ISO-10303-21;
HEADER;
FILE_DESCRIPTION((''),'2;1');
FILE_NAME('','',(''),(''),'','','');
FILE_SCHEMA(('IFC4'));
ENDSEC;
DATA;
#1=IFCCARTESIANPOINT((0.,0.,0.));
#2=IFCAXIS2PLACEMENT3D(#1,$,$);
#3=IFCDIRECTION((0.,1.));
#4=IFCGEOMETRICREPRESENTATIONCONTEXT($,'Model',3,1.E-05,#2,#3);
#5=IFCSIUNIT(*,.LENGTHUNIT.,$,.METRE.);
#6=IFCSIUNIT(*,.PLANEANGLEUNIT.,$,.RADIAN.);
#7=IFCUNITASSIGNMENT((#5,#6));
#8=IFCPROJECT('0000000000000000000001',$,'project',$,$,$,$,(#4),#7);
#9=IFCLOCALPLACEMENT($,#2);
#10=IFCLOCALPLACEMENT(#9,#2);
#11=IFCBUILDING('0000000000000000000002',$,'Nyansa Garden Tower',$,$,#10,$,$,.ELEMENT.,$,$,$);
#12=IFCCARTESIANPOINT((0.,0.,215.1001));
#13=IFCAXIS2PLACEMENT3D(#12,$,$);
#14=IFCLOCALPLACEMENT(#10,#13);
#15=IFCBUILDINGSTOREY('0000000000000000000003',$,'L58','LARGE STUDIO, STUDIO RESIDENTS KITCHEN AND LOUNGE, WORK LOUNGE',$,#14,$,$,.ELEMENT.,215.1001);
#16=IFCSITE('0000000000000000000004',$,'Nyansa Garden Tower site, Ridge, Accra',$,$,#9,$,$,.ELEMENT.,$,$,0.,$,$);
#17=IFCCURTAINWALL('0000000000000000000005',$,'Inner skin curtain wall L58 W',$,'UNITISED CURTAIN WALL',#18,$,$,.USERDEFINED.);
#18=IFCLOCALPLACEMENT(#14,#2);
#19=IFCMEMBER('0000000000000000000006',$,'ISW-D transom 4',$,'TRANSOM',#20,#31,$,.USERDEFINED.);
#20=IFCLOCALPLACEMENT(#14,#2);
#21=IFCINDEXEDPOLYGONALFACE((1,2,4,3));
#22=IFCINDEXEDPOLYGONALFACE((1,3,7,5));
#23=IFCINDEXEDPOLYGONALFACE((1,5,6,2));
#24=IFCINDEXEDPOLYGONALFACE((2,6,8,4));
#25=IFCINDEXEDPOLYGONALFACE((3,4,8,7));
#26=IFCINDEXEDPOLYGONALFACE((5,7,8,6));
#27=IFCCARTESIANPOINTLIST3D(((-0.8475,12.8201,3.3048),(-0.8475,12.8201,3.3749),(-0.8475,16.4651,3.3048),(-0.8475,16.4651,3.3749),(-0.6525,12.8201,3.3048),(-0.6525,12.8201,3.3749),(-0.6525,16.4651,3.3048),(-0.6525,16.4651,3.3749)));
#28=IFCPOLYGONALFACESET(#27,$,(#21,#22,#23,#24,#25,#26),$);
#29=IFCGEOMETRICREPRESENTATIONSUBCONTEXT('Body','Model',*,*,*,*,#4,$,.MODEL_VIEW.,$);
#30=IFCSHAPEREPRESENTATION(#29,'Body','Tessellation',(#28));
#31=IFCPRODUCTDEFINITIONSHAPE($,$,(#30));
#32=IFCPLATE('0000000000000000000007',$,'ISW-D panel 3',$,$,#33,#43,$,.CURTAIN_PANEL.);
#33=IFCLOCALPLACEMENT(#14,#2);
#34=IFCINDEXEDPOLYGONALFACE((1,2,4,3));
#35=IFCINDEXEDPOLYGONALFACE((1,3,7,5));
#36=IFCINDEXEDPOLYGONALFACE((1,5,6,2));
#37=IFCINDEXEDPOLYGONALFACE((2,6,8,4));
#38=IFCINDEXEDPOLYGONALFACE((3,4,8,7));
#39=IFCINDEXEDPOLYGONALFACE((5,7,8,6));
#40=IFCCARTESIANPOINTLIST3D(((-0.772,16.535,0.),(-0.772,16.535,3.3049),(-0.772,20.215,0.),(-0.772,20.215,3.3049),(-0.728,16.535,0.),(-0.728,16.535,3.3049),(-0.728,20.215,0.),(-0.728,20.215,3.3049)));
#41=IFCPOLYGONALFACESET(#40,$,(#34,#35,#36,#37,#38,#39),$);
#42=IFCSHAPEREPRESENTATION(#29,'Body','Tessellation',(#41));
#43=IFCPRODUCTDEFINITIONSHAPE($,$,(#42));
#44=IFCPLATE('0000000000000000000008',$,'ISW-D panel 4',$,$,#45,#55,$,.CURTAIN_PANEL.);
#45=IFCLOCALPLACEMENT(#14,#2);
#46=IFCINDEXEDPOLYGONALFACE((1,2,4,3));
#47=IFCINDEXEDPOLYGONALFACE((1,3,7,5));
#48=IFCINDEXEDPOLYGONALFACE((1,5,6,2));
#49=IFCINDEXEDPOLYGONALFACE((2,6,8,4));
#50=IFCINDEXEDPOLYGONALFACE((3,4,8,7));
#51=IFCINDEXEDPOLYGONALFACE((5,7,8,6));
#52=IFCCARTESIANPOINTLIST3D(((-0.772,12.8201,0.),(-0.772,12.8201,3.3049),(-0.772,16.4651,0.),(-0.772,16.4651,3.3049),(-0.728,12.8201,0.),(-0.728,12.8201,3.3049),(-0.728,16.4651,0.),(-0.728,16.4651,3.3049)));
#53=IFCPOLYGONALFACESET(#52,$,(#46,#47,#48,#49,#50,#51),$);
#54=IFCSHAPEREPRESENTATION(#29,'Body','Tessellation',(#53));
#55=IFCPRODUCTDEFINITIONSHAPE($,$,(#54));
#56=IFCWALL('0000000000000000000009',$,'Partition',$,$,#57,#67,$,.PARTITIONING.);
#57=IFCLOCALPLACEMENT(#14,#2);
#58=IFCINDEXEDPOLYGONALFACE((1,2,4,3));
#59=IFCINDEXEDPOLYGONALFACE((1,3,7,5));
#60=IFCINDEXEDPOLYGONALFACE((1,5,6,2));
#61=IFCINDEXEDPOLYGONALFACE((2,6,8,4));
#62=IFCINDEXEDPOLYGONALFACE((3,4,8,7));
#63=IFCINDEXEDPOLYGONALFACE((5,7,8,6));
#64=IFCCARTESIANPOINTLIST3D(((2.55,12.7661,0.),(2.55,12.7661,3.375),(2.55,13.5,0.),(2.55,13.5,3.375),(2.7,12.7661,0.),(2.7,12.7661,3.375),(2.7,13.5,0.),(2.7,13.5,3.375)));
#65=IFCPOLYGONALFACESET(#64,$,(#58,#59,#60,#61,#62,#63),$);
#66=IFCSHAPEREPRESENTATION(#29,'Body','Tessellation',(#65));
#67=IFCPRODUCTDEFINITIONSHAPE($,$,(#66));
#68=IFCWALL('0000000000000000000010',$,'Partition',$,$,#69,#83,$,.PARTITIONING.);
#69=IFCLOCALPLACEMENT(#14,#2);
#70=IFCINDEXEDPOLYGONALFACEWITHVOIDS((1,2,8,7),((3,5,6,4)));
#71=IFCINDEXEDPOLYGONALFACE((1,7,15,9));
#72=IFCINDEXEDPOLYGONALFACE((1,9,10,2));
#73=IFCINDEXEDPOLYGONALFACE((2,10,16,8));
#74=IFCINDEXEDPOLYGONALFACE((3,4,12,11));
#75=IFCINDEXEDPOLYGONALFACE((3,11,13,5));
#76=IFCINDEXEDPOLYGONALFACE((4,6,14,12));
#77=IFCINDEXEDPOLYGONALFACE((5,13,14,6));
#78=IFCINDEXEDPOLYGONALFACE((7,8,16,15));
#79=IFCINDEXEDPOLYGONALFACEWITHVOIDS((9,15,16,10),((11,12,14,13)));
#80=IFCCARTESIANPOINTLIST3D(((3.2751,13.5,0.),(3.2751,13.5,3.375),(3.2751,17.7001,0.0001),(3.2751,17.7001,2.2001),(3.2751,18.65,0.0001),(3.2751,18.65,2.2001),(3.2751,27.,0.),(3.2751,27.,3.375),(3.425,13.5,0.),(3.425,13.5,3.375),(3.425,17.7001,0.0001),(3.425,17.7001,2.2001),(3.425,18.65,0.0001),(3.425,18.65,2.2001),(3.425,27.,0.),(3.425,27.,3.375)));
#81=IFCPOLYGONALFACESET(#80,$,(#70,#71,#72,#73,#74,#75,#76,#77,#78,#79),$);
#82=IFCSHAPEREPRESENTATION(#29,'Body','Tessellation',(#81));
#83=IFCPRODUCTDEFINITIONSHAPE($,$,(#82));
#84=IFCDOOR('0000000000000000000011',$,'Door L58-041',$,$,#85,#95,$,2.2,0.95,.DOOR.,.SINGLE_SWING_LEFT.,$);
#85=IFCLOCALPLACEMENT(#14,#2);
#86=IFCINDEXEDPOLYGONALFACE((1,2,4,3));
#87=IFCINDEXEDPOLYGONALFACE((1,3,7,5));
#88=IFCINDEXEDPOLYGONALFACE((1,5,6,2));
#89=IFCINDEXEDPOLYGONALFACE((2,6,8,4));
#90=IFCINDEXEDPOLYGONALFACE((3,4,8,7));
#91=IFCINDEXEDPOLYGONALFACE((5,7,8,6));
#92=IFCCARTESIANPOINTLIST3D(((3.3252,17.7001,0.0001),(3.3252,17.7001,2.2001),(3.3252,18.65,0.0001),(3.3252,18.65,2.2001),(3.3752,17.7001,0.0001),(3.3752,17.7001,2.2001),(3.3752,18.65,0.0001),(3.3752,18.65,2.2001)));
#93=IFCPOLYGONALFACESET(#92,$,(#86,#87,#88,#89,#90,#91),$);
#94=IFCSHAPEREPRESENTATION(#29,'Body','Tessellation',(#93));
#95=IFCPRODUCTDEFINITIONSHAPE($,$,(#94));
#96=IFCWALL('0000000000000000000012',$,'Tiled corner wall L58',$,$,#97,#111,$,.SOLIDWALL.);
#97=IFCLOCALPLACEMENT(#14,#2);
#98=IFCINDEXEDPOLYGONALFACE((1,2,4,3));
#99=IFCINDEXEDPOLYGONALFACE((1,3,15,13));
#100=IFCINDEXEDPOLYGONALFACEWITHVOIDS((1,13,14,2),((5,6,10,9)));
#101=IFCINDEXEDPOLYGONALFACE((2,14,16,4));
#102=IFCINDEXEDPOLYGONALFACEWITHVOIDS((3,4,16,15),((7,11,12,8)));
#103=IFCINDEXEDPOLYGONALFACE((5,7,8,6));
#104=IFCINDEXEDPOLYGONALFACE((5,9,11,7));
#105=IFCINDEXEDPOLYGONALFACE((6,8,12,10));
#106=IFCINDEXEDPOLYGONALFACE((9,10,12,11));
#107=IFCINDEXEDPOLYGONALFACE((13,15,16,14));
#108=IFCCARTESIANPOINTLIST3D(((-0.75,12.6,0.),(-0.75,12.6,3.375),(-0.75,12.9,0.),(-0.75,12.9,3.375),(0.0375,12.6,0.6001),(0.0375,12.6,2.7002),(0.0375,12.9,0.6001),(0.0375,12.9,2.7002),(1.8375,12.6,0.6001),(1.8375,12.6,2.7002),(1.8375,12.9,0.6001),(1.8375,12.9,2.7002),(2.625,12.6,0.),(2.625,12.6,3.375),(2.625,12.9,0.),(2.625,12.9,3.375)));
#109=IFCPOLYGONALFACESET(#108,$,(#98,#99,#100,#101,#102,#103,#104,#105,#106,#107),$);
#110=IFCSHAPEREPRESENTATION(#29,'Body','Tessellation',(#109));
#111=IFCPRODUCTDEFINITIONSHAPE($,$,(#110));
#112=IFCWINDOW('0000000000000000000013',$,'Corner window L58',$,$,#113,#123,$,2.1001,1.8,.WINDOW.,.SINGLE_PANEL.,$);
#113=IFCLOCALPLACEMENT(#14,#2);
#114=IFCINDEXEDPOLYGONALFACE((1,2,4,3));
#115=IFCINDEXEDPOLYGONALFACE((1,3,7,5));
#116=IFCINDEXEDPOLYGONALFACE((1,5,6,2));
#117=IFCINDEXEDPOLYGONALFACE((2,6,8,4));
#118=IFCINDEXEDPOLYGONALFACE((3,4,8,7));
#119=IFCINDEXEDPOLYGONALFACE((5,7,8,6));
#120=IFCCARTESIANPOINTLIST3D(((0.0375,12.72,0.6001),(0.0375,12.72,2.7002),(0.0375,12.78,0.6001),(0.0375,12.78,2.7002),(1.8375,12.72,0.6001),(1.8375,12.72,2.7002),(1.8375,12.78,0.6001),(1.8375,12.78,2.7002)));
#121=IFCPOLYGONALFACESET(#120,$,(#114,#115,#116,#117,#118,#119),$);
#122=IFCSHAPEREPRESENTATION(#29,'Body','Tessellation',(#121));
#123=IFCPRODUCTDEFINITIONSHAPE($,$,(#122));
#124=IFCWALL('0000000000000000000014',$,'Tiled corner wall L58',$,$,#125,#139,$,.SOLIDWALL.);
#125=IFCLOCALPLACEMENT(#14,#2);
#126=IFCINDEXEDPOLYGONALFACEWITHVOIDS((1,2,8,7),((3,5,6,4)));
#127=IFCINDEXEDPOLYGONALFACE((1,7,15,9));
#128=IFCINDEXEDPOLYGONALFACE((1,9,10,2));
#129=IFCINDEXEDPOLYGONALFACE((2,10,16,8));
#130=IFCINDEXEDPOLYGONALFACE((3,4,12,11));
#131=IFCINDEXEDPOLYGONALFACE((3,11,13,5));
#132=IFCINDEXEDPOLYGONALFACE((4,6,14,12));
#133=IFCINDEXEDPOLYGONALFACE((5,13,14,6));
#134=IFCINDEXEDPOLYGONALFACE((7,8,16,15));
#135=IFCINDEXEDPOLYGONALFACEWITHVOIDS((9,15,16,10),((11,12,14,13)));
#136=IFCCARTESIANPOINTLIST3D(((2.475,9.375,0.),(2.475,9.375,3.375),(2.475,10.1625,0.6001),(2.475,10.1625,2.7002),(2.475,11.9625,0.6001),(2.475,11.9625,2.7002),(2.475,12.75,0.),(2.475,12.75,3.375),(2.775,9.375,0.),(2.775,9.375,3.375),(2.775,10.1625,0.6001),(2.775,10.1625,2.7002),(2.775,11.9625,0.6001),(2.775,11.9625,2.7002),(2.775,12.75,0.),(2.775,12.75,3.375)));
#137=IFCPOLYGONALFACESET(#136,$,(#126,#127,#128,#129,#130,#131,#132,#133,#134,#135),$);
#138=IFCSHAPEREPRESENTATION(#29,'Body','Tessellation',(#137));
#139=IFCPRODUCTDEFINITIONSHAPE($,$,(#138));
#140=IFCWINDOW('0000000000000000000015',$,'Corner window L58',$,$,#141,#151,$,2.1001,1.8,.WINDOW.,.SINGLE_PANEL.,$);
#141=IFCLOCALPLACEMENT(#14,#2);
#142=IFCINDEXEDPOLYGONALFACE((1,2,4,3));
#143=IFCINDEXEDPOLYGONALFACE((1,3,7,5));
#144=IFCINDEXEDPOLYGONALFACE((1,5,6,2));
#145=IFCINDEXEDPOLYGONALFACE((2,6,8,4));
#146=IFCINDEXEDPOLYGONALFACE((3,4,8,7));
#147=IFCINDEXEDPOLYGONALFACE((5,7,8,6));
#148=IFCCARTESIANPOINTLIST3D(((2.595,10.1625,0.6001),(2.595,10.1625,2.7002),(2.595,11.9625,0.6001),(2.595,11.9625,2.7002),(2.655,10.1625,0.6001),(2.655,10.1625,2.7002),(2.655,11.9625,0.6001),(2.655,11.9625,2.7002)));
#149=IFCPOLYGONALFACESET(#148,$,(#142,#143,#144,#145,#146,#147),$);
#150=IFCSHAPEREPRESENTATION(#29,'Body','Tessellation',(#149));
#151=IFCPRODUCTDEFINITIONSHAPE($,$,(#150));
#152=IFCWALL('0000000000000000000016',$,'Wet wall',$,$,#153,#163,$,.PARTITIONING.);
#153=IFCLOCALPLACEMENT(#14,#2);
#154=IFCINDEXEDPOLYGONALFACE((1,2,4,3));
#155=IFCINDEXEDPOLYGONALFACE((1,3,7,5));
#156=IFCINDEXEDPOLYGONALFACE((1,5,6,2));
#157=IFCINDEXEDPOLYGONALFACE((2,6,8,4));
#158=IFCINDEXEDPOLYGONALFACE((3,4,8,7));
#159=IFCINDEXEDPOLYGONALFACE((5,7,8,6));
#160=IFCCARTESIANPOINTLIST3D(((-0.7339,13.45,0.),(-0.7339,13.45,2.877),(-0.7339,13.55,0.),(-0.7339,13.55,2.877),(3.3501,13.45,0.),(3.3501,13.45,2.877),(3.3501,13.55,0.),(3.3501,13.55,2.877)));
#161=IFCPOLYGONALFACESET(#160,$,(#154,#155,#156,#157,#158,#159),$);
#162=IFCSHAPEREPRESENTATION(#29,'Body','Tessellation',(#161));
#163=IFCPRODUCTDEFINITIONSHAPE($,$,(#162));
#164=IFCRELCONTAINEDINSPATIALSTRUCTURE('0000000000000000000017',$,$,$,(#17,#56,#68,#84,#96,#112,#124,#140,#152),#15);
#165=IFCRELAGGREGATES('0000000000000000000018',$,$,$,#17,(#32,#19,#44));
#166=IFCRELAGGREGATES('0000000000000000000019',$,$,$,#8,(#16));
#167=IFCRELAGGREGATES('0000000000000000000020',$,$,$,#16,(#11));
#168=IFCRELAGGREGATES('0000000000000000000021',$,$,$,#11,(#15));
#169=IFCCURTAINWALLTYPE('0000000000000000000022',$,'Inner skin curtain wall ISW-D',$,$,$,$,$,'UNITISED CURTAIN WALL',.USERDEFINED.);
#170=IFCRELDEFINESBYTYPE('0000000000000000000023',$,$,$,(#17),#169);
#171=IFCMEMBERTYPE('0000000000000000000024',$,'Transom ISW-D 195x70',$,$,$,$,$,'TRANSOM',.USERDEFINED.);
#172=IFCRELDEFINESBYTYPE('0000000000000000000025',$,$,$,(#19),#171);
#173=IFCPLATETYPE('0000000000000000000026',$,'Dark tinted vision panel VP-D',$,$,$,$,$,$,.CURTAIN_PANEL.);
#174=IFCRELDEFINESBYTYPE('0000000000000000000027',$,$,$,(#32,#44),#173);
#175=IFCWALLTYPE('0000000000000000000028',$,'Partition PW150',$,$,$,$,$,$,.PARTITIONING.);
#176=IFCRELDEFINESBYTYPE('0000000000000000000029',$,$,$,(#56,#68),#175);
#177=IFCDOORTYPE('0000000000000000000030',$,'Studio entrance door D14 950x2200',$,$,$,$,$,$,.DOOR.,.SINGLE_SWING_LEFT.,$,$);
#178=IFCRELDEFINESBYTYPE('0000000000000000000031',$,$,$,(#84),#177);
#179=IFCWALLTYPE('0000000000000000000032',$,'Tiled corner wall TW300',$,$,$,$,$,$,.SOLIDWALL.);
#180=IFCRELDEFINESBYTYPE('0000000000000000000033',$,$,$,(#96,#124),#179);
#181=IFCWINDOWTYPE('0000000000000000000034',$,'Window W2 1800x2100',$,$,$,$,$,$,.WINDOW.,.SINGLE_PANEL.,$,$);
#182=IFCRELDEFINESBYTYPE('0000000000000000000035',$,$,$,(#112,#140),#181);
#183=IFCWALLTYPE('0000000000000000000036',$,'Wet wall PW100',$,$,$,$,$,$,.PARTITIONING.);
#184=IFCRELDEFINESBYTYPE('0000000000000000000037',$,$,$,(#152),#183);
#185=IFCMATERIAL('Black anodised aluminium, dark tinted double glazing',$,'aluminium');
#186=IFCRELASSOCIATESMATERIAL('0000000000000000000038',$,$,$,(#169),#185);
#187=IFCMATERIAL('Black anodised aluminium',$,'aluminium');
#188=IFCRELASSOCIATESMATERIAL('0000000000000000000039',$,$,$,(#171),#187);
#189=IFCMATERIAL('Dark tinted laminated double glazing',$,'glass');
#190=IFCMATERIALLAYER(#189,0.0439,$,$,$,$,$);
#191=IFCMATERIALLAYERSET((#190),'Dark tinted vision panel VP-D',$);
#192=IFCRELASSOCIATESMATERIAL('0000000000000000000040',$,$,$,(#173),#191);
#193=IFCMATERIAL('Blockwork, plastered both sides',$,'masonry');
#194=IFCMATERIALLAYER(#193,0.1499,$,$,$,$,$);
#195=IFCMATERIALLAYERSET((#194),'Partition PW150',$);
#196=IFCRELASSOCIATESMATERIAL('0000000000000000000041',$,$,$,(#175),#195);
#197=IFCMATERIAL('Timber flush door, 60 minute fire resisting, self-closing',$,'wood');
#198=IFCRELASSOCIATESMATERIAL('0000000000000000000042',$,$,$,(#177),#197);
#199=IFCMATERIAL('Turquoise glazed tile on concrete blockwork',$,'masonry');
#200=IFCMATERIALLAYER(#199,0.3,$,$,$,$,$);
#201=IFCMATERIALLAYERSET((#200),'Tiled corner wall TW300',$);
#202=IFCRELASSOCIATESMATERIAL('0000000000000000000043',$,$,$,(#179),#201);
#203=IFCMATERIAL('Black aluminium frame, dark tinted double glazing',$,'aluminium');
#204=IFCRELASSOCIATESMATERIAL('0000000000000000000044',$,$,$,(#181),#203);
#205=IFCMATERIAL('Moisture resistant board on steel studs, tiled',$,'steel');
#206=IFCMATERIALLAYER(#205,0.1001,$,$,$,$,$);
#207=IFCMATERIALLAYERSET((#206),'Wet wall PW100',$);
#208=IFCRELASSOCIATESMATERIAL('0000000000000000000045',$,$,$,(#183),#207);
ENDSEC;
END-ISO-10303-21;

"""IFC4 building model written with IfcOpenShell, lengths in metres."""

from ifc_helpers import new_model, si_unit, direction, frame, frame_2d, origin, origin_2d, place, context, subcontext, project, spatial, rectangle, extrude, material, layer, layer_set, material_profile, profile_set, type_object, element, fill, aggregate, save


model = new_model("IFC4")

# Units and contexts
model_context = context("Model", 3, precision=1e-05, world=origin(), true_north=direction((0.0, 1.0)))
body_context = subcontext(model_context, "Body", "Model", "MODEL_VIEW")
ifc_project = project(units=[si_unit("LENGTHUNIT", "METRE"), si_unit("PLANEANGLEUNIT", "RADIAN")], contexts=[model_context])

# Site, building, storey
site_placement = place(None, origin())
site = spatial("IfcSite", under=ifc_project, at=site_placement, Name="Nyansa Garden Tower site, Ridge, Accra", CompositionType="ELEMENT", RefElevation=0.0)
building_placement = place(site_placement, origin())
building = spatial("IfcBuilding", under=site, at=building_placement, Name="Nyansa Garden Tower", CompositionType="ELEMENT")
storey_placement = place(building_placement, frame((0.0, 0.0, 215.1001)))
storey = spatial("IfcBuildingStorey", under=building, at=storey_placement, Name="L58", Description="LARGE STUDIO, STUDIO RESIDENTS KITCHEN AND LOUNGE, WORK LOUNGE", CompositionType="ELEMENT", Elevation=215.1001)

# Curtain wall
ifc_material_1 = material(Name="Black anodised aluminium, dark tinted double glazing", Category="aluminium")
curtain_wall_type = type_object("IfcCurtainWallType", Name="Inner skin curtain wall ISW-D", ElementType="UNITISED CURTAIN WALL", PredefinedType="USERDEFINED", material=ifc_material_1)
curtain_wall_placement = place(storey_placement, origin())
curtain_wall = element("IfcCurtainWall", 1, at=curtain_wall_placement, inside=storey, type_object=curtain_wall_type, Name="Inner skin curtain wall L58 W", ObjectType="UNITISED CURTAIN WALL", PredefinedType="USERDEFINED")

# Member
ifc_material_2 = material(Name="Black anodised aluminium", Category="aluminium")
ifc_material_profile_1 = material_profile(ifc_material_2, rectangle(XDim=0.1951, YDim=0.0701, at=origin_2d()), Name="Transom 195x70")
ifc_profile_set_1 = profile_set([ifc_material_profile_1], Name="Black anodised aluminium")
member_type_1 = type_object("IfcMemberType", Name="Transom ISW-D 195x70", ElementType="TRANSOM", PredefinedType="USERDEFINED", material=ifc_profile_set_1)
member_1_placement = place(storey_placement, frame((-0.75, 16.4651, 3.3398), z_axis=(0.0, -1.0, 0.0), x_axis=(1.0, 0.0, 0.0)))
member_1 = element("IfcMember", 2, at=member_1_placement, type_object=member_type_1, Name="ISW-D transom 4", ObjectType="TRANSOM", PredefinedType="USERDEFINED", context=body_context, shape_type="SweptSolid", body=[
    extrude(rectangle(XDim=0.1951, YDim=0.0701, at=origin_2d()), origin(), (0.0, 0.0, 1.0), 3.645),
])

# Plates
ifc_material_3 = material(Name="Dark tinted laminated double glazing", Category="glass")
ifc_layer_1 = layer(ifc_material_3, 0.0439)
ifc_layer_set_1 = layer_set([ifc_layer_1], Name="Dark tinted vision panel VP-D")
plate_type = type_object("IfcPlateType", Name="Dark tinted vision panel VP-D", PredefinedType="CURTAIN_PANEL", material=ifc_layer_set_1)
plate_1_placement = place(storey_placement, frame((-0.75, 18.375, 0.0), z_axis=(0.0, 0.0, 1.0), x_axis=(0.0, -1.0, 0.0)))
plate_1 = element("IfcPlate", 3, at=plate_1_placement, type_object=plate_type, Name="ISW-D panel 3", PredefinedType="CURTAIN_PANEL", context=body_context, shape_type="SweptSolid", body=[
    extrude(rectangle(XDim=3.6799, YDim=0.0439, at=origin_2d()), origin(), (0.0, 0.0, 1.0), 3.3049),
])
plate_2_placement = place(storey_placement, frame((-0.75, 14.6426, 0.0), z_axis=(0.0, 0.0, 1.0), x_axis=(0.0, -1.0, 0.0)))
plate_2 = element("IfcPlate", 4, at=plate_2_placement, type_object=plate_type, Name="ISW-D panel 4", PredefinedType="CURTAIN_PANEL", context=body_context, shape_type="SweptSolid", body=[
    extrude(rectangle(XDim=3.645, YDim=0.0439, at=origin_2d()), origin(), (0.0, 0.0, 1.0), 3.3049),
])
aggregate(curtain_wall, [plate_1, member_1, plate_2])

# Wall
ifc_material_4 = material(Name="Blockwork, plastered both sides", Category="masonry")
ifc_layer_2 = layer(ifc_material_4, 0.1499)
ifc_layer_set_2 = layer_set([ifc_layer_2], Name="Partition PW150")
wall_type_1 = type_object("IfcWallType", Name="Partition PW150", PredefinedType="PARTITIONING", material=ifc_layer_set_2)
wall_1_placement = place(storey_placement, frame((2.625, 12.7661, 0.0), z_axis=(0.0, 0.0, 1.0), x_axis=(0.0, 1.0, 0.0)))
element("IfcWall", 5, at=wall_1_placement, inside=storey, type_object=wall_type_1, Name="Partition", PredefinedType="PARTITIONING", context=body_context, shape_type="SweptSolid", body=[
    extrude(rectangle(XDim=0.7339, YDim=0.1499, at=frame_2d((0.3669, 0.0))), origin(), (0.0, 0.0, 1.0), 3.375),
])

# Wall, opening, door
wall_2_placement = place(storey_placement, frame((3.3501, 13.5, 0.0), z_axis=(0.0, 0.0, 1.0), x_axis=(0.0, 1.0, 0.0)))
wall_2 = element("IfcWall", 6, at=wall_2_placement, inside=storey, type_object=wall_type_1, Name="Partition", PredefinedType="PARTITIONING", context=body_context, shape_type="SweptSolid", body=[
    extrude(rectangle(XDim=13.5, YDim=0.1499, at=frame_2d((6.75, 0.0))), origin(), (0.0, 0.0, 1.0), 3.375),
])
opening_1_placement = place(wall_2_placement, frame((4.2, 0.0, 0.0)))
opening_1 = element("IfcOpeningElement", 7, at=opening_1_placement, cuts=wall_2, PredefinedType="OPENING", context=body_context, shape_type="SweptSolid", body=[
    extrude(rectangle(XDim=0.95, YDim=2.2, at=frame_2d((0.4751, 1.1001))), frame((0.0, 0.085, 0.0), z_axis=(0.0, -1.0, 0.0), x_axis=(1.0, 0.0, 0.0)), (0.0, 0.0, 1.0), 0.1699),
])
ifc_material_5 = material(Name="Timber flush door, 60 minute fire resisting, self-closing", Category="wood")
door_type_1 = type_object("IfcDoorType", Name="Studio entrance door D14 950x2200", OperationType="SINGLE_SWING_LEFT", PredefinedType="DOOR", material=ifc_material_5)
door_1_placement = place(opening_1_placement, origin())
door_1 = element("IfcDoor", 8, at=door_1_placement, inside=storey, type_object=door_type_1, Name="Door L58-041", OperationType="SINGLE_SWING_LEFT", OverallHeight=2.2, OverallWidth=0.95, PredefinedType="DOOR", context=body_context, shape_type="SweptSolid", body=[
    extrude(rectangle(XDim=0.95, YDim=2.2, at=frame_2d((0.4751, 1.1001))), frame((0.0, 0.0249, 0.0), z_axis=(0.0, -1.0, 0.0), x_axis=(1.0, 0.0, 0.0)), (0.0, 0.0, 1.0), 0.05),
])
fill(opening_1, door_1)

# Walls, openings, windows
ifc_material_6 = material(Name="Turquoise glazed tile on concrete blockwork", Category="masonry")
ifc_layer_3 = layer(ifc_material_6, 0.3)
ifc_layer_set_3 = layer_set([ifc_layer_3], Name="Tiled corner wall TW300")
wall_type_2 = type_object("IfcWallType", Name="Tiled corner wall TW300", PredefinedType="SOLIDWALL", material=ifc_layer_set_3)
wall_3_placement = place(storey_placement, frame((-0.75, 12.75, 0.0), z_axis=(0.0, 0.0, 1.0), x_axis=(1.0, 0.0, 0.0)))
wall_3 = element("IfcWall", 9, at=wall_3_placement, inside=storey, type_object=wall_type_2, Name="Tiled corner wall L58", PredefinedType="SOLIDWALL", context=body_context, shape_type="SweptSolid", body=[
    extrude(rectangle(XDim=3.375, YDim=0.3, at=frame_2d((1.6875, 0.0))), origin(), (0.0, 0.0, 1.0), 3.375),
])
opening_2_placement = place(wall_3_placement, frame((0.7876, 0.0, 0.6001)))
opening_2 = element("IfcOpeningElement", 10, at=opening_2_placement, cuts=wall_3, PredefinedType="OPENING", context=body_context, shape_type="SweptSolid", body=[
    extrude(rectangle(XDim=1.8, YDim=2.1001, at=frame_2d((0.8999, 1.05))), frame((0.0, 0.1599, 0.0), z_axis=(0.0, -1.0, 0.0), x_axis=(1.0, 0.0, 0.0)), (0.0, 0.0, 1.0), 0.3201),
])
ifc_material_7 = material(Name="Black aluminium frame, dark tinted double glazing", Category="aluminium")
window_type = type_object("IfcWindowType", Name="Window W2 1800x2100", PartitioningType="SINGLE_PANEL", PredefinedType="WINDOW", material=ifc_material_7)
window_1_placement = place(opening_2_placement, origin())
window_1 = element("IfcWindow", 11, at=window_1_placement, inside=storey, type_object=window_type, Name="Corner window L58", OverallHeight=2.1001, OverallWidth=1.8, PartitioningType="SINGLE_PANEL", PredefinedType="WINDOW", context=body_context, shape_type="SweptSolid", body=[
    extrude(rectangle(XDim=1.8, YDim=2.1001, at=frame_2d((0.8999, 1.05))), frame((0.0, 0.03, 0.0), z_axis=(0.0, -1.0, 0.0), x_axis=(1.0, 0.0, 0.0)), (0.0, 0.0, 1.0), 0.0601),
])
fill(opening_2, window_1)
wall_4_placement = place(storey_placement, frame((2.625, 12.75, 0.0), z_axis=(0.0, 0.0, 1.0), x_axis=(0.0, -1.0, 0.0)))
wall_4 = element("IfcWall", 12, at=wall_4_placement, inside=storey, type_object=wall_type_2, Name="Tiled corner wall L58", PredefinedType="SOLIDWALL", context=body_context, shape_type="SweptSolid", body=[
    extrude(rectangle(XDim=3.375, YDim=0.3, at=frame_2d((1.6875, 0.0))), origin(), (0.0, 0.0, 1.0), 3.375),
])
opening_3_placement = place(wall_4_placement, frame((0.7876, 0.0, 0.6001)))
opening_3 = element("IfcOpeningElement", 13, at=opening_3_placement, cuts=wall_4, PredefinedType="OPENING", context=body_context, shape_type="SweptSolid", body=[
    extrude(rectangle(XDim=1.8, YDim=2.1001, at=frame_2d((0.8999, 1.05))), frame((0.0, 0.1599, 0.0), z_axis=(0.0, -1.0, 0.0), x_axis=(1.0, 0.0, 0.0)), (0.0, 0.0, 1.0), 0.3201),
])
window_2_placement = place(opening_3_placement, origin())
window_2 = element("IfcWindow", 14, at=window_2_placement, inside=storey, type_object=window_type, Name="Corner window L58", OverallHeight=2.1001, OverallWidth=1.8, PartitioningType="SINGLE_PANEL", PredefinedType="WINDOW", context=body_context, shape_type="SweptSolid", body=[
    extrude(rectangle(XDim=1.8, YDim=2.1001, at=frame_2d((0.8999, 1.05))), frame((0.0, 0.03, 0.0), z_axis=(0.0, -1.0, 0.0), x_axis=(1.0, 0.0, 0.0)), (0.0, 0.0, 1.0), 0.0601),
])
fill(opening_3, window_2)

# Wall
ifc_material_8 = material(Name="Moisture resistant board on steel studs, tiled", Category="steel")
ifc_layer_4 = layer(ifc_material_8, 0.1001)
ifc_layer_set_4 = layer_set([ifc_layer_4], Name="Wet wall PW100")
wall_type_3 = type_object("IfcWallType", Name="Wet wall PW100", PredefinedType="PARTITIONING", material=ifc_layer_set_4)
wall_5_placement = place(storey_placement, frame((-0.7339, 13.5, 0.0), z_axis=(0.0, 0.0, 1.0), x_axis=(1.0, 0.0, 0.0)))
element("IfcWall", 15, at=wall_5_placement, inside=storey, type_object=wall_type_3, Name="Wet wall", PredefinedType="PARTITIONING", context=body_context, shape_type="SweptSolid", body=[
    extrude(rectangle(XDim=4.084, YDim=0.1001, at=frame_2d((2.042, 0.0))), origin(), (0.0, 0.0, 1.0), 2.877),
])

save(model, "model.ifc")
